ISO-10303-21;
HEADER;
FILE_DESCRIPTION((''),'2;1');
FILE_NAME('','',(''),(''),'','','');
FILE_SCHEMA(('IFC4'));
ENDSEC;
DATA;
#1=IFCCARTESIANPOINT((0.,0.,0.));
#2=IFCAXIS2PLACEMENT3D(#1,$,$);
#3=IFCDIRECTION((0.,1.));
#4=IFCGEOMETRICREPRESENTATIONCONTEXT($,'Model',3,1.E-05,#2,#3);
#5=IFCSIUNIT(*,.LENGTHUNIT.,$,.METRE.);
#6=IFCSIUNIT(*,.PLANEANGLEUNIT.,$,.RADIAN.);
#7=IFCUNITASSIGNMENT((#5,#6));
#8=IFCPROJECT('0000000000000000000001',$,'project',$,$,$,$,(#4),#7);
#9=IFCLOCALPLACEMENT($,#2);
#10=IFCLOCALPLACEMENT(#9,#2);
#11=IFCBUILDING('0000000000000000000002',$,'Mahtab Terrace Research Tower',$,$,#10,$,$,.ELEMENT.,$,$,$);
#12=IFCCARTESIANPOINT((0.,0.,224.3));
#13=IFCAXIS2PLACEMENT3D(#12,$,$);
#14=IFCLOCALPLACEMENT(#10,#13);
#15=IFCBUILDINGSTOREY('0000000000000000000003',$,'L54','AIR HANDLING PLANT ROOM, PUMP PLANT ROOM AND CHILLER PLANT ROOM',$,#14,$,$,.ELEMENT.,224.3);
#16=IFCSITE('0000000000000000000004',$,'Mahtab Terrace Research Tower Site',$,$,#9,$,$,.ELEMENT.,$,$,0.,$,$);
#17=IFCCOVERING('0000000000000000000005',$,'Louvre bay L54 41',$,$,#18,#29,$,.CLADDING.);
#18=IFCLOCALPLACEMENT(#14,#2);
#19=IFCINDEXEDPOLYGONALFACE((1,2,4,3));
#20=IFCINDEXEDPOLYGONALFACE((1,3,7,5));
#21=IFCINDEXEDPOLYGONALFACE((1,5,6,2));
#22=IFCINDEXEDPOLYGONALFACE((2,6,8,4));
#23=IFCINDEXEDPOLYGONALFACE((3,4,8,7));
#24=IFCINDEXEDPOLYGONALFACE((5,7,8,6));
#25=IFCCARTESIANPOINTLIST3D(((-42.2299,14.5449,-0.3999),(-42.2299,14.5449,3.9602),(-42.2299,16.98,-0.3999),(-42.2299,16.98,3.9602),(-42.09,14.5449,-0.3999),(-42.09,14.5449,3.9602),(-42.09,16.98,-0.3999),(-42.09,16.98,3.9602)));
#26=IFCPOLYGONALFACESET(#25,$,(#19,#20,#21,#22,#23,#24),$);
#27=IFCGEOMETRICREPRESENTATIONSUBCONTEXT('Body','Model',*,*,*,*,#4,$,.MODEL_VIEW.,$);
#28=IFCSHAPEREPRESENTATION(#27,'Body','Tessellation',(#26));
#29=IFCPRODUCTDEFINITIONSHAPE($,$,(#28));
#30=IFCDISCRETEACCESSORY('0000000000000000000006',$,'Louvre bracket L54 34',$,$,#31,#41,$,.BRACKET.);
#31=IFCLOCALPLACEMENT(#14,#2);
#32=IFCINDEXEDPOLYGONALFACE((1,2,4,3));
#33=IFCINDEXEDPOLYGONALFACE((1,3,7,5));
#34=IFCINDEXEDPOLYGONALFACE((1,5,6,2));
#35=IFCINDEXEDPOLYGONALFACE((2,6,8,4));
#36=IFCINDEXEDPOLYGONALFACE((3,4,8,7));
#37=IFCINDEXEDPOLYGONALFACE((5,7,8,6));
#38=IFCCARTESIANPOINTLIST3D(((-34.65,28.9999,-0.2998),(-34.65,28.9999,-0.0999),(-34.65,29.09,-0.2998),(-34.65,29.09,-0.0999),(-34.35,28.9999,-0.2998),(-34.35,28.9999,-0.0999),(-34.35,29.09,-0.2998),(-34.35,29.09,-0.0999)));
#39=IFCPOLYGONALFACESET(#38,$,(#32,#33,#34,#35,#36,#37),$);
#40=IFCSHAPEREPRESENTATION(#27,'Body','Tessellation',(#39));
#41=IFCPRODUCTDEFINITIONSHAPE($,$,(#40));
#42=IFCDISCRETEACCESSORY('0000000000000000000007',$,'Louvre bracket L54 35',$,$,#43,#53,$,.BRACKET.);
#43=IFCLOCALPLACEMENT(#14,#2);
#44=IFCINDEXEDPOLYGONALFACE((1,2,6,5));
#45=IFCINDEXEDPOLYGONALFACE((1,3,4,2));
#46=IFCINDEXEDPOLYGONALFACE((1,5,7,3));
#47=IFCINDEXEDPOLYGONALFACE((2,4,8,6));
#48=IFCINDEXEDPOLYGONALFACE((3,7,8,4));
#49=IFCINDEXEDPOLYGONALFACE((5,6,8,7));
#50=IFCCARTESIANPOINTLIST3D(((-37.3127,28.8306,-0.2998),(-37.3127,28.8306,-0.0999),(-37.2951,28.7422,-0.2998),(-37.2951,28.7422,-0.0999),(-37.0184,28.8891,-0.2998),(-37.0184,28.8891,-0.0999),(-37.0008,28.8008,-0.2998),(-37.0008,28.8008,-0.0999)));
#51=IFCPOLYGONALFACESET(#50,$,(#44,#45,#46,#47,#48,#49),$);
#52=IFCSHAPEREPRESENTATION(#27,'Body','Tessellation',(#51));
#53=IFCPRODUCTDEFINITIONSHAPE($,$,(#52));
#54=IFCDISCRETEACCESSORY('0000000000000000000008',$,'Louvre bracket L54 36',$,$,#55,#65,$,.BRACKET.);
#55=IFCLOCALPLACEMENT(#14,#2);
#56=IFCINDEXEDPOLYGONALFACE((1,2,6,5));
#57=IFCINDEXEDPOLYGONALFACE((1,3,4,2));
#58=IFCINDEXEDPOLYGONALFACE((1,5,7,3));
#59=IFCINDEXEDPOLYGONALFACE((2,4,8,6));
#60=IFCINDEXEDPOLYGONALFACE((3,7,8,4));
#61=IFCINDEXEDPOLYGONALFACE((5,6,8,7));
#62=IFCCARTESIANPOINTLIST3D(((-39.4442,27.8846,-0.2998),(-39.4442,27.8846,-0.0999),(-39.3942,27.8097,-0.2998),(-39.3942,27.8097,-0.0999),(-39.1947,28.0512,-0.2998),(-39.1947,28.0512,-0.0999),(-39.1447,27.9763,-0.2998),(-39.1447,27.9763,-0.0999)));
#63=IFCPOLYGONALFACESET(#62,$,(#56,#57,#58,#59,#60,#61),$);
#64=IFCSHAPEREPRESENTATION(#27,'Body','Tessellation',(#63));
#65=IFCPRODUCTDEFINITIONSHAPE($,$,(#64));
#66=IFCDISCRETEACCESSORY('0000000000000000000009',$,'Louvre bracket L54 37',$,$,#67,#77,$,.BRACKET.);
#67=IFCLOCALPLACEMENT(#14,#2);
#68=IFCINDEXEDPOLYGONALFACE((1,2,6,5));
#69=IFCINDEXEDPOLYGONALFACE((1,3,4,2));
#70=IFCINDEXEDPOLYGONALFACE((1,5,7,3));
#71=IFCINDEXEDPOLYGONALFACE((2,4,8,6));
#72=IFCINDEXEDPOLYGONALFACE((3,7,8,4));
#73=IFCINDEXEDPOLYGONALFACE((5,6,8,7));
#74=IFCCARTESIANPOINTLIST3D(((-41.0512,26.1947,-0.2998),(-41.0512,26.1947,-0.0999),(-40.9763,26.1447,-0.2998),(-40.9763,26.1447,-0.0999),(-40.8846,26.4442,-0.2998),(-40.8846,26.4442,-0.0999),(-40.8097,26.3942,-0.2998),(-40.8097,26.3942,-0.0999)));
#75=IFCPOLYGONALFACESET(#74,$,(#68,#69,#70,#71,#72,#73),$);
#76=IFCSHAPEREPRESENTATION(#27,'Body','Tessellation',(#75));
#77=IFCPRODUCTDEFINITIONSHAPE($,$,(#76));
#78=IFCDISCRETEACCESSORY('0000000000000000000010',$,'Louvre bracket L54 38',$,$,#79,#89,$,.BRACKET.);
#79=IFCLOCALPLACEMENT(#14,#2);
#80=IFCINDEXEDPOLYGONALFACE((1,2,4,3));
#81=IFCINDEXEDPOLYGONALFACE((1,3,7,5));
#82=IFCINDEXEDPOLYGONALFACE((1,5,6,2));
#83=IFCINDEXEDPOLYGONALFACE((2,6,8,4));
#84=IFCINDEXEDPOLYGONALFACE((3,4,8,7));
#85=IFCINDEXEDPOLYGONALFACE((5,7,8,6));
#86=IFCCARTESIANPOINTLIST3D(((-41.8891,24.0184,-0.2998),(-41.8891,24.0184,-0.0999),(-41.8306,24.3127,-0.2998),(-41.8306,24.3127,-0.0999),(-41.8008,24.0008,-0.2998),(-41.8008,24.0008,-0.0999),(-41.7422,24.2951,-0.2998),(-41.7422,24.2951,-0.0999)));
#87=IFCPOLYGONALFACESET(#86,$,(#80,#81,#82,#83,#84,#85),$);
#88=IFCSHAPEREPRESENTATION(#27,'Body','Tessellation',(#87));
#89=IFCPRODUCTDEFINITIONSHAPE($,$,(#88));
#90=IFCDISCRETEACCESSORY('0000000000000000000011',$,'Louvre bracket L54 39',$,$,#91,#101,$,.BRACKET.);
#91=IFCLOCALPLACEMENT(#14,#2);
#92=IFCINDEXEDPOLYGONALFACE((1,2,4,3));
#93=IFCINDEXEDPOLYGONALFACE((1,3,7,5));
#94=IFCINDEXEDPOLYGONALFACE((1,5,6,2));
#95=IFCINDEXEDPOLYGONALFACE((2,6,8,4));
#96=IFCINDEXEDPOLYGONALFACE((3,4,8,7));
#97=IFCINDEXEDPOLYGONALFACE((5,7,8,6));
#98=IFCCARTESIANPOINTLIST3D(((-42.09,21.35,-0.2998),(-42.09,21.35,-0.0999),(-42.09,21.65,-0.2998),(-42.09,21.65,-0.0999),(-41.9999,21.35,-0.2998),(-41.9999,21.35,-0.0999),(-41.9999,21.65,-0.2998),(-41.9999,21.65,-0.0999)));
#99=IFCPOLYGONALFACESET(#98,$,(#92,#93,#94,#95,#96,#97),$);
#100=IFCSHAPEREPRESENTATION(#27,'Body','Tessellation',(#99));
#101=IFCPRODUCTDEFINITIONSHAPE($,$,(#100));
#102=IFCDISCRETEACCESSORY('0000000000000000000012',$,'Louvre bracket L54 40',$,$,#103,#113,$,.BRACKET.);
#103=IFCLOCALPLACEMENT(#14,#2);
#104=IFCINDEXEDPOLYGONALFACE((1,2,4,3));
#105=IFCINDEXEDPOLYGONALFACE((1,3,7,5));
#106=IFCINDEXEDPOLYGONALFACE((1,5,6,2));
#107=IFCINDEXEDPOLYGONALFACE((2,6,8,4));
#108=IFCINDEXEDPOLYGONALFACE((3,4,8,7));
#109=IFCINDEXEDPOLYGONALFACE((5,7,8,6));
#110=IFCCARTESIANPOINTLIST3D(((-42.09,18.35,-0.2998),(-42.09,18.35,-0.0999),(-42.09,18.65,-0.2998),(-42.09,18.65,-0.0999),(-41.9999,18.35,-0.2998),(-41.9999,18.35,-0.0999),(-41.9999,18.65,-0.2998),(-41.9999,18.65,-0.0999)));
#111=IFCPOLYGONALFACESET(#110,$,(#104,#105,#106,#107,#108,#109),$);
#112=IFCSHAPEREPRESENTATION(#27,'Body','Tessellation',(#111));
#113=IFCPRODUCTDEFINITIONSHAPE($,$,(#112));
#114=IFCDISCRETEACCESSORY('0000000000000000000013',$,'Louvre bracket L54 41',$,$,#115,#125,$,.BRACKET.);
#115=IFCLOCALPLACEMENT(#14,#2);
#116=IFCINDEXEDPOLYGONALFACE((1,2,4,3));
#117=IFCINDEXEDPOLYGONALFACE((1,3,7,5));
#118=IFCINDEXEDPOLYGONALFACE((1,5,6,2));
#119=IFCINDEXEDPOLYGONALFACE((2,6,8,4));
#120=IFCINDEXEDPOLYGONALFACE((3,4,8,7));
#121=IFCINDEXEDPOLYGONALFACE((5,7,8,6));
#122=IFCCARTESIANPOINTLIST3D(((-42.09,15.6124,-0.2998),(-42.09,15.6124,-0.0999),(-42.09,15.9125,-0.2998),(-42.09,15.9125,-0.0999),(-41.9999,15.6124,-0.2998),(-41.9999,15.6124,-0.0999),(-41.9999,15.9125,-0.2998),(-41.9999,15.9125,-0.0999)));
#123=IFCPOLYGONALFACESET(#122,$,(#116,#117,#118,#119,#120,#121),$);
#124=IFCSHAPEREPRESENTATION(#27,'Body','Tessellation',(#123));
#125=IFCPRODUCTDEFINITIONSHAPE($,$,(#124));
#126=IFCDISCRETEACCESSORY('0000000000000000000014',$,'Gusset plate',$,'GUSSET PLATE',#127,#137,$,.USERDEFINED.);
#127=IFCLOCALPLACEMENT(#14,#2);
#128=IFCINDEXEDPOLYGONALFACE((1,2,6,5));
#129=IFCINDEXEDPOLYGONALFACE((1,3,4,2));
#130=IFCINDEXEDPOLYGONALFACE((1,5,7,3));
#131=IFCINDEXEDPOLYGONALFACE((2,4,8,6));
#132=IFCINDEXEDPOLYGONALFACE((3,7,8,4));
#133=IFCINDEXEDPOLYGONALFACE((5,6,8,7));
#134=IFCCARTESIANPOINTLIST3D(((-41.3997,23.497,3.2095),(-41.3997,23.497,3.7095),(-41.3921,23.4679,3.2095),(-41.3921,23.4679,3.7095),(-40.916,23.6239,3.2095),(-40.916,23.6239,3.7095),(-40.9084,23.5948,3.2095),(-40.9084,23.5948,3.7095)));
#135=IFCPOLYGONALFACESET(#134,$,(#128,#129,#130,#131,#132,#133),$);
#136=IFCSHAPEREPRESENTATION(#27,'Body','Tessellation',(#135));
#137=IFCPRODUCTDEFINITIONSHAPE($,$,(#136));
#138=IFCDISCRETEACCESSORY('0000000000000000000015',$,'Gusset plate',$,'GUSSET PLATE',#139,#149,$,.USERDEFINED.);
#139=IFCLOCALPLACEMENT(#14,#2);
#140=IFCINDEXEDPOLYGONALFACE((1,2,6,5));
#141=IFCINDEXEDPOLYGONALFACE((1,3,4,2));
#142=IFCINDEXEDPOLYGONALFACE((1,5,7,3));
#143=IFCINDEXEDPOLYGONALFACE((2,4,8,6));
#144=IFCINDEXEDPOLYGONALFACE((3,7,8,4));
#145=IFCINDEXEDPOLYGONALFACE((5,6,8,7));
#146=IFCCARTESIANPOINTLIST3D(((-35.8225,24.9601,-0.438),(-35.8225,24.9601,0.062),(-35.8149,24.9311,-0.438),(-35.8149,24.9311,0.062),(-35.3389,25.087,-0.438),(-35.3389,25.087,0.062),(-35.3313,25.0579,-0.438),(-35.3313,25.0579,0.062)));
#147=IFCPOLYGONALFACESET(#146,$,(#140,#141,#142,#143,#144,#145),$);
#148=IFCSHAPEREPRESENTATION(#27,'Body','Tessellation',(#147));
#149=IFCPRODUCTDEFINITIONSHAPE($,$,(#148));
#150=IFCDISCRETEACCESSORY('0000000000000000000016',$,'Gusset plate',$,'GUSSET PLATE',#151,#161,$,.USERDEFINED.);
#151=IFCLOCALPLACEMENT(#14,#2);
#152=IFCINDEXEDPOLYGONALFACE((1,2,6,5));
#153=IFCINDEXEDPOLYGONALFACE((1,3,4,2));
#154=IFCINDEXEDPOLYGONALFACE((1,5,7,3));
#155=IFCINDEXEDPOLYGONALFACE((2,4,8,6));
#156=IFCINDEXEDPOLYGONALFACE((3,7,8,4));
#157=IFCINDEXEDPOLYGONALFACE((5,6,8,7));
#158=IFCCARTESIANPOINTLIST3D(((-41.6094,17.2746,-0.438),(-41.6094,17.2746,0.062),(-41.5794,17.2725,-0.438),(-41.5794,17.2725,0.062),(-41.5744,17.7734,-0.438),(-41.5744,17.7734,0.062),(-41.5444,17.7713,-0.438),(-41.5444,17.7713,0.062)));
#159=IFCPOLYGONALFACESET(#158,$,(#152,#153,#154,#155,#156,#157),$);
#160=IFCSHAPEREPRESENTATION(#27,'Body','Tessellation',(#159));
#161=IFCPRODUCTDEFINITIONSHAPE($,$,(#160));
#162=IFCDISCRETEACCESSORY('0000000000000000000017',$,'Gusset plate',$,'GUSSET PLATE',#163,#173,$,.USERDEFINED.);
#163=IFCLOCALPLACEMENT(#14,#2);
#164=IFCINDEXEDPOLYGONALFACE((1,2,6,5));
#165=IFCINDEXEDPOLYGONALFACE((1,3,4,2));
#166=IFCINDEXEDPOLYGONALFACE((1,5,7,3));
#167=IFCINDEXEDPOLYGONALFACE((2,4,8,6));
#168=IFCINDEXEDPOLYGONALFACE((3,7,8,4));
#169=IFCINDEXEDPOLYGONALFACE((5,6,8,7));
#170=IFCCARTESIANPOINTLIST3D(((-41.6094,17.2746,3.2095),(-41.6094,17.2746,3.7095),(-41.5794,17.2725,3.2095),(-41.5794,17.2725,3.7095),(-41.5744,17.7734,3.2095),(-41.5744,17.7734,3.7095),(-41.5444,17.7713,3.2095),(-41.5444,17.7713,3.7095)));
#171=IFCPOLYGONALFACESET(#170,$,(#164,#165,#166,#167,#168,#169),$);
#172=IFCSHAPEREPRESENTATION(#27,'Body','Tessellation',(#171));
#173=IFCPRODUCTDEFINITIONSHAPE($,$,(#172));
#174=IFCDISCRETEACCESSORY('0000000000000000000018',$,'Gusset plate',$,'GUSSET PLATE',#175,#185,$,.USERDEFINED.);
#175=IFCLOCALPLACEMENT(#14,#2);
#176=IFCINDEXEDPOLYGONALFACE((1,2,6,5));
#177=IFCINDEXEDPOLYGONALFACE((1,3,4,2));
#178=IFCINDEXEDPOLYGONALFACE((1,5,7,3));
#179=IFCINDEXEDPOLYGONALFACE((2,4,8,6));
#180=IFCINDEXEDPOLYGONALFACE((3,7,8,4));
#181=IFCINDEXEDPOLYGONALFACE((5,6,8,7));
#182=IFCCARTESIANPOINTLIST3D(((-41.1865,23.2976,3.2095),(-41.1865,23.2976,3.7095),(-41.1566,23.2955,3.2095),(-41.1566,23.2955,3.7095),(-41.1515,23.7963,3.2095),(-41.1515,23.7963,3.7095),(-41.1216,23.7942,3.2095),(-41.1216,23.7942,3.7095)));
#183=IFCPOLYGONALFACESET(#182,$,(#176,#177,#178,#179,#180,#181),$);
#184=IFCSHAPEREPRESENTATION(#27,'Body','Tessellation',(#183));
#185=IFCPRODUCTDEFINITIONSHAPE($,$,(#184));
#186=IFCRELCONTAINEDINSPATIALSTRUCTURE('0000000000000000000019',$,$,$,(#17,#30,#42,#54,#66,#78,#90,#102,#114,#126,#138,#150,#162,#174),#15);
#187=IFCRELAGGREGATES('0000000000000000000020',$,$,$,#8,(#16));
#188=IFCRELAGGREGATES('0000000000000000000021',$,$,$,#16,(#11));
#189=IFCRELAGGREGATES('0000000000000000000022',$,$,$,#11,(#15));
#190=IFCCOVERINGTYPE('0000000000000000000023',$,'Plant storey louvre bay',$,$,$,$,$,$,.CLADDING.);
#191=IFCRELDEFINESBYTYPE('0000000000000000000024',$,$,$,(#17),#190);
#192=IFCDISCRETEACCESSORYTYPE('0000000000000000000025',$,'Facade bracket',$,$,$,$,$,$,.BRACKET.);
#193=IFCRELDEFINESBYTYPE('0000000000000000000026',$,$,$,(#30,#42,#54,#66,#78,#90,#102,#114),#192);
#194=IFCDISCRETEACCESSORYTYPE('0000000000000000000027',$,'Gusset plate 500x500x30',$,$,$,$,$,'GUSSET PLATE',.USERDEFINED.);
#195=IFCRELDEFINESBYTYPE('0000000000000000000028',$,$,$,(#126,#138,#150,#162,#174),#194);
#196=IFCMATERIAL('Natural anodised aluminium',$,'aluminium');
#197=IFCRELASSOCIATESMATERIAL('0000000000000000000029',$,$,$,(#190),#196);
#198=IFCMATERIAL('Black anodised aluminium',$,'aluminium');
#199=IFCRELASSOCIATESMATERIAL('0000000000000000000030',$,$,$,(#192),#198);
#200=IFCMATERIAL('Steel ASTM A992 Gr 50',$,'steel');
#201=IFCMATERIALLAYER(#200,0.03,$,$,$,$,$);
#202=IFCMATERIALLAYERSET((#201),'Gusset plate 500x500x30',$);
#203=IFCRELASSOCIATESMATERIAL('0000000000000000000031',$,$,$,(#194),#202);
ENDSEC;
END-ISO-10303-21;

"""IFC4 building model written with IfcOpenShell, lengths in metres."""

from ifc_helpers import new_model, si_unit, direction, frame, origin, origin_2d, place, context, subcontext, project, spatial, rectangle, extrude, material, layer, layer_set, type_object, element, save


model = new_model("IFC4")

# Units and contexts
model_context = context("Model", 3, precision=1e-05, world=origin(), true_north=direction((0.0, 1.0)))
body_context = subcontext(model_context, "Body", "Model", "MODEL_VIEW")
ifc_project = project(units=[si_unit("LENGTHUNIT", "METRE"), si_unit("PLANEANGLEUNIT", "RADIAN")], contexts=[model_context])

# Site, building, storey
site_placement = place(None, origin())
site = spatial("IfcSite", under=ifc_project, at=site_placement, Name="Mahtab Terrace Research Tower Site", CompositionType="ELEMENT", RefElevation=0.0)
building_placement = place(site_placement, origin())
building = spatial("IfcBuilding", under=site, at=building_placement, Name="Mahtab Terrace Research Tower", CompositionType="ELEMENT")
storey_placement = place(building_placement, frame((0.0, 0.0, 224.3)))
storey = spatial("IfcBuildingStorey", under=building, at=storey_placement, Name="L54", Description="AIR HANDLING PLANT ROOM, PUMP PLANT ROOM AND CHILLER PLANT ROOM", CompositionType="ELEMENT", Elevation=224.3)

# Shared definitions
ifc_material_1 = material(Name="Steel ASTM A992 Gr 50", Category="steel")

# Covering
ifc_material_2 = material(Name="Natural anodised aluminium", Category="aluminium")
covering_type = type_object("IfcCoveringType", Name="Plant storey louvre bay", PredefinedType="CLADDING", material=ifc_material_2)
covering_placement = place(storey_placement, frame((-42.1599, 15.7625, -0.3999), z_axis=(0.0, 0.0, 1.0), x_axis=(0.0, -1.0, 0.0)))
element("IfcCovering", 1, at=covering_placement, inside=storey, type_object=covering_type, Name="Louvre bay L54 41", PredefinedType="CLADDING", context=body_context, shape_type="SweptSolid", body=[
    extrude(rectangle(XDim=2.4351, YDim=0.1399, at=origin_2d()), origin(), (0.0, 0.0, 1.0), 4.3601),
])

# Discrete accessories
ifc_material_3 = material(Name="Black anodised aluminium", Category="aluminium")
discrete_accessory_type_1 = type_object("IfcDiscreteAccessoryType", Name="Facade bracket", PredefinedType="BRACKET", material=ifc_material_3)
for number, where, z_axis, x_axis, name in (
    (2, (-34.5, 29.0449, -0.2998), (0.0, 0.0, 1.0), (-1.0, 0.0, 0.0), "Louvre bracket L54 34"),
    (3, (-37.1567, 28.8157, -0.2998), (0.0, 0.0, 1.0), (-0.980761, -0.195212, 0.0), "Louvre bracket L54 35"),
    (4, (-39.2944, 27.9304, -0.2998), (0.0, 0.0, 1.0), (-0.831656, -0.555291, 0.0), "Louvre bracket L54 36"),
    (5, (-40.9304, 26.2944, -0.2998), (0.0, 0.0, 1.0), (-0.555291, -0.831656, 0.0), "Louvre bracket L54 37"),
    (6, (-41.8157, 24.1567, -0.2998), (0.0, 0.0, 1.0), (-0.195212, -0.980761, 0.0), "Louvre bracket L54 38"),
    (7, (-42.0449, 21.5, -0.2998), (0.0, 0.0, 1.0), (0.0, -1.0, 0.0), "Louvre bracket L54 39"),
    (8, (-42.0449, 18.5, -0.2998), (0.0, 0.0, 1.0), (0.0, -1.0, 0.0), "Louvre bracket L54 40"),
    (9, (-42.0449, 15.7625, -0.2998), (0.0, 0.0, 1.0), (0.0, -1.0, 0.0), "Louvre bracket L54 41"),
):
    element("IfcDiscreteAccessory", number, at=place(storey_placement, frame(where, z_axis=z_axis, x_axis=x_axis)), inside=storey, type_object=discrete_accessory_type_1, Name=name, PredefinedType="BRACKET", context=body_context, shape_type="SweptSolid", body=[
        extrude(rectangle(XDim=0.3, YDim=0.0901, at=origin_2d()), origin(), (0.0, 0.0, 1.0), 0.2),
    ])
ifc_layer_1 = layer(ifc_material_1, 0.03)
ifc_layer_set_1 = layer_set([ifc_layer_1], Name="Gusset plate 500x500x30")
discrete_accessory_type_2 = type_object("IfcDiscreteAccessoryType", Name="Gusset plate 500x500x30", ElementType="GUSSET PLATE", PredefinedType="USERDEFINED", material=ifc_layer_set_1)
for number, where, z_axis, x_axis, name in (
    (10, (-41.1541, 23.5459, 3.2095), (0.0, 0.0, 1.0), (0.967272, 0.253741, 0.0), "Gusset plate"),
    (11, (-35.5769, 25.009, -0.438), (0.0, 0.0, 1.0), (0.967272, 0.253741, 0.0), "Gusset plate"),
    (12, (-41.5769, 17.5229, -0.438), (0.0, 0.0, 1.0), (0.070052, 0.997543, 0.0), "Gusset plate"),
    (13, (-41.5769, 17.5229, 3.2095), (0.0, 0.0, 1.0), (0.070052, 0.997543, 0.0), "Gusset plate"),
    (14, (-41.1541, 23.5459, 3.2095), (0.0, 0.0, 1.0), (0.070052, 0.997543, 0.0), "Gusset plate"),
):
    element("IfcDiscreteAccessory", number, at=place(storey_placement, frame(where, z_axis=z_axis, x_axis=x_axis)), inside=storey, type_object=discrete_accessory_type_2, Name=name, ObjectType="GUSSET PLATE", PredefinedType="USERDEFINED", context=body_context, shape_type="SweptSolid", body=[
        extrude(rectangle(XDim=0.5, YDim=0.03, at=origin_2d()), origin(), (0.0, 0.0, 1.0), 0.5),
    ])

save(model, "model.ifc")
